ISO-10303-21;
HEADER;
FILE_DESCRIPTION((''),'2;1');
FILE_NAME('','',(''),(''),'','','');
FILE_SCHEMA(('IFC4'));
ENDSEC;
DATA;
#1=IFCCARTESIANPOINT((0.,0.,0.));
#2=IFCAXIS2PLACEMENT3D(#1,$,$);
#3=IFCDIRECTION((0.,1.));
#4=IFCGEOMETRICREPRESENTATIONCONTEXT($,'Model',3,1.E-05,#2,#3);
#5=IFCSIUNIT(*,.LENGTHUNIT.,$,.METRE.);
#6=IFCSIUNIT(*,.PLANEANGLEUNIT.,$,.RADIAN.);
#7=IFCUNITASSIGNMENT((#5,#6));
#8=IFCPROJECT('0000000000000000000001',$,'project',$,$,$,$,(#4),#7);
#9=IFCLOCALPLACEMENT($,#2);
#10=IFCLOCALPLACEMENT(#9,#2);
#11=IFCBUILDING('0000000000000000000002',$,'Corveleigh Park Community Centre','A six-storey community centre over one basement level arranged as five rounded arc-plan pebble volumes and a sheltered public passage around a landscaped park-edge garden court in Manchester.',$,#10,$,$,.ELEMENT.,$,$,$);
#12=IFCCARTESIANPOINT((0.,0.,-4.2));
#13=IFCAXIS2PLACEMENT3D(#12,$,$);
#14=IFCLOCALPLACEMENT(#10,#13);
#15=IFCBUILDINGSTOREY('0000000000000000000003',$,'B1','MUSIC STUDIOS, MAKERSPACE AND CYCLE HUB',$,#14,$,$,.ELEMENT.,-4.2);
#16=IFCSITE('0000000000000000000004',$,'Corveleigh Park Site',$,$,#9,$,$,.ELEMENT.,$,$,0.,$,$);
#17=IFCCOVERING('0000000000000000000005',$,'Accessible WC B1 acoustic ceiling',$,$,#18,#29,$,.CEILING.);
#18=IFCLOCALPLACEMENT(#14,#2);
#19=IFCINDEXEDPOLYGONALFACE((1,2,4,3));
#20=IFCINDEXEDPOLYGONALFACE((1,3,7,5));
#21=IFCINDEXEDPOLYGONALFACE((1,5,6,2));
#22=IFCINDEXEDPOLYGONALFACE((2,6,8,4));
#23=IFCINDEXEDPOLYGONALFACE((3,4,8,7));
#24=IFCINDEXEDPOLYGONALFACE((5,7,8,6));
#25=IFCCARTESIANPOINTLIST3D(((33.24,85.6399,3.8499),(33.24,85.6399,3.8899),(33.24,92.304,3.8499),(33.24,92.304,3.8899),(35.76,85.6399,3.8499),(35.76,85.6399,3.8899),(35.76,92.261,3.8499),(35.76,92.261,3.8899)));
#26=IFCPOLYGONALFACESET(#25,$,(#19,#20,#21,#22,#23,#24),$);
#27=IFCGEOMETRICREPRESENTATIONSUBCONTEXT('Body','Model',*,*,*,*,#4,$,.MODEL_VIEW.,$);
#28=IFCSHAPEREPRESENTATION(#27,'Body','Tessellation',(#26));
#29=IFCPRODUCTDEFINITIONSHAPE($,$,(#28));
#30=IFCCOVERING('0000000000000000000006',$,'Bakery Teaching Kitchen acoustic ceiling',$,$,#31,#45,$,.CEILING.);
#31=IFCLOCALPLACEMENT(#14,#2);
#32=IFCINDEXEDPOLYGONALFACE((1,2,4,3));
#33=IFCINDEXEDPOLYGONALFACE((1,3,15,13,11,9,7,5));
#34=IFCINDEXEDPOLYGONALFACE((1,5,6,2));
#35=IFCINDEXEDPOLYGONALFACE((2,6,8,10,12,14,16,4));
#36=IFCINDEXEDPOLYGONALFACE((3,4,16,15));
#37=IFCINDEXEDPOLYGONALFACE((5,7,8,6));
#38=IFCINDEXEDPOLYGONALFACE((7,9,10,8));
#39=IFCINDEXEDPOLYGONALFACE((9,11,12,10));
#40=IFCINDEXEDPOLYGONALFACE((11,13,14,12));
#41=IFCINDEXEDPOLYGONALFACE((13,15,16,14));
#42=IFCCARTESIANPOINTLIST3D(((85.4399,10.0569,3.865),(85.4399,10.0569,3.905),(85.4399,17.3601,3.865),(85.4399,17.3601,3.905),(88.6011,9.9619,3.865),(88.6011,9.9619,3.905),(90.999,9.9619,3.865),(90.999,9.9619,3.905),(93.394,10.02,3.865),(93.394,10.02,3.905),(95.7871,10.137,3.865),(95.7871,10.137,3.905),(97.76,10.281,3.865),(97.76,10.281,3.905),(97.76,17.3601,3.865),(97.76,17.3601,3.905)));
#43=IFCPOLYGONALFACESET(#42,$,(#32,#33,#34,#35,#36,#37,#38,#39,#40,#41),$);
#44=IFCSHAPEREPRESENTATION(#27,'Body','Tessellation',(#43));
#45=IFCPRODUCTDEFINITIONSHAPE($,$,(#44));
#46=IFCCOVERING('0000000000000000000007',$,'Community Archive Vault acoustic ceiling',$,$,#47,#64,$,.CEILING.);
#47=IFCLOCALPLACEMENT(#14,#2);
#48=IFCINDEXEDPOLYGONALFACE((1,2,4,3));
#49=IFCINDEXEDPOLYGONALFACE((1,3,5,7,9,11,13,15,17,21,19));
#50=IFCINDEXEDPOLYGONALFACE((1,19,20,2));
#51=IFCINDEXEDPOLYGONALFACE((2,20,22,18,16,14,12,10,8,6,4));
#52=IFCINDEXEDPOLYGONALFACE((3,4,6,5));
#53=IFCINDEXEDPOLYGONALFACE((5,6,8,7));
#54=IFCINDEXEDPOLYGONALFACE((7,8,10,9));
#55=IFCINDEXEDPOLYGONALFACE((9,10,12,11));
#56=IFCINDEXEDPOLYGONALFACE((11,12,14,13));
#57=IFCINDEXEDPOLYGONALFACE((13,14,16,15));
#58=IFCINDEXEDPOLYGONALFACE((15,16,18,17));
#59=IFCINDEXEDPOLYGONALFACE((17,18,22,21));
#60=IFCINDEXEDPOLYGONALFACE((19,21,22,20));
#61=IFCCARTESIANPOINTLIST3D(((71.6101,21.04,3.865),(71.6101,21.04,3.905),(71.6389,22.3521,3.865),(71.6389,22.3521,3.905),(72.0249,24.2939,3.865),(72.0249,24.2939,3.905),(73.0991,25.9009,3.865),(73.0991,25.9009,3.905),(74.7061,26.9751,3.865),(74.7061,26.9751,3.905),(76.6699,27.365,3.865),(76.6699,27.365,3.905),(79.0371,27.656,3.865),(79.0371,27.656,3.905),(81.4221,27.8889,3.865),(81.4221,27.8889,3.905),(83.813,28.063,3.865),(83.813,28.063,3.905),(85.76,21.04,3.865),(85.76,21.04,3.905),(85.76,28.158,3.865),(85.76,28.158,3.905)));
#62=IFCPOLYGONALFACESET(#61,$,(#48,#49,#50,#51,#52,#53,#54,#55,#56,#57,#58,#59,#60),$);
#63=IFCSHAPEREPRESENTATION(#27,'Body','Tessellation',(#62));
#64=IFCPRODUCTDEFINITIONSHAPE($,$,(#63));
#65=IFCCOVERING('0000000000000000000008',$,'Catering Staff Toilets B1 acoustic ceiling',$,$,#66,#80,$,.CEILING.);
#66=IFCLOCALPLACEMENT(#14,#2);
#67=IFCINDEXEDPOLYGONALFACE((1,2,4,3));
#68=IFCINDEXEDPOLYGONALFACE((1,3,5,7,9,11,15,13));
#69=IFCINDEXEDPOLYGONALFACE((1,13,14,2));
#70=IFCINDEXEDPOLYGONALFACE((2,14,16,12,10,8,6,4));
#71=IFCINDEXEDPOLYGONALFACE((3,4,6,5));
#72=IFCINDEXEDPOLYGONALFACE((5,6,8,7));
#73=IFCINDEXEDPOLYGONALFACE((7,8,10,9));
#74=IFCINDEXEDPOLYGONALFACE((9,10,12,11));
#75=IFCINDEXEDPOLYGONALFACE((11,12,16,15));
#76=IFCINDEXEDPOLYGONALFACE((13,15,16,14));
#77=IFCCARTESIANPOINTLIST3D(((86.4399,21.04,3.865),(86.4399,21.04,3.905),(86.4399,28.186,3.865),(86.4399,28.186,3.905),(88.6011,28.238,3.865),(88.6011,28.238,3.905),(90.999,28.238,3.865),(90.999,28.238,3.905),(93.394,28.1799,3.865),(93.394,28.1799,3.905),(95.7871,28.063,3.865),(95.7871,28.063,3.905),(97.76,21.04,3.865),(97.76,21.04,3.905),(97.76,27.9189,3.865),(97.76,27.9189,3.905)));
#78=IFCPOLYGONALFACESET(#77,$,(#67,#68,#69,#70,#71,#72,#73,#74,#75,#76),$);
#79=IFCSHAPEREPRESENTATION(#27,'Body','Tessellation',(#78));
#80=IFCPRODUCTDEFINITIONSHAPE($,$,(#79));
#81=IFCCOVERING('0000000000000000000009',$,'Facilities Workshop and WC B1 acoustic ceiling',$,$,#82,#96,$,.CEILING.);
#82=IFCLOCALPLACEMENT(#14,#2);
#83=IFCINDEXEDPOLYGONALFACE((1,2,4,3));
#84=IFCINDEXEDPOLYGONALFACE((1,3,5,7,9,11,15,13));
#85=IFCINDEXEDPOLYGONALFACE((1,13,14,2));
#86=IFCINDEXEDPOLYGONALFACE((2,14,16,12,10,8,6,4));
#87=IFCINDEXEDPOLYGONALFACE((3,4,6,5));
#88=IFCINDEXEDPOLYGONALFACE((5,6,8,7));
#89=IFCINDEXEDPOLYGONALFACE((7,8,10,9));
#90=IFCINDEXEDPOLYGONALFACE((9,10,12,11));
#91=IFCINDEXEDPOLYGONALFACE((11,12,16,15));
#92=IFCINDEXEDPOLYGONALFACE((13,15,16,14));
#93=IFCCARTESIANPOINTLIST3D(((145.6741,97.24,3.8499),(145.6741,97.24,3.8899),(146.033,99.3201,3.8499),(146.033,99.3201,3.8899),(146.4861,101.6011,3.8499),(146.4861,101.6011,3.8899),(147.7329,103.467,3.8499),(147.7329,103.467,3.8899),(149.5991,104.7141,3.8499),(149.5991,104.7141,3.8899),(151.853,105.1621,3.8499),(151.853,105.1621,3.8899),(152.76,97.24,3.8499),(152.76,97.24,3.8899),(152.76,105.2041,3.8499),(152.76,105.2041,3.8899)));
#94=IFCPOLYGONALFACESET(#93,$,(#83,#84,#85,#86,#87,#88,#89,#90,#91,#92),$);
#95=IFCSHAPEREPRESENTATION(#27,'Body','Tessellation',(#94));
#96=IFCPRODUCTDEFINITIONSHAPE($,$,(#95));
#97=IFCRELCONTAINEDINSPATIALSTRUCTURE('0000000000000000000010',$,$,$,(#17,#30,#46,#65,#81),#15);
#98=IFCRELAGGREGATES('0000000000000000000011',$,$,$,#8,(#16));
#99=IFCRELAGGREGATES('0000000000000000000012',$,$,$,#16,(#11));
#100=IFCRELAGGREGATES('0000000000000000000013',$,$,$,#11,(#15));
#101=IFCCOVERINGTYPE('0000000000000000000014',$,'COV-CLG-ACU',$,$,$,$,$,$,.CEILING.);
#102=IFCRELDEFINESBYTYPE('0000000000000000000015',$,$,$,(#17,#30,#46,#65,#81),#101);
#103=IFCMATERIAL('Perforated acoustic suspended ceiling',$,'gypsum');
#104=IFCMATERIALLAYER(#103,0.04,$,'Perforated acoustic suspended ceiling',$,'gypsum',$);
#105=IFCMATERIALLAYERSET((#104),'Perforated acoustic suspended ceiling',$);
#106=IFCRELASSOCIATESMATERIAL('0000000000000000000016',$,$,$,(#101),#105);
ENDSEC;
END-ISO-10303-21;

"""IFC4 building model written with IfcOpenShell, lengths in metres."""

from ifc_helpers import new_model, si_unit, direction, frame, origin, place, context, subcontext, project, spatial, polyline, outline, extrude, material, layer, layer_set, type_object, element, save


model = new_model("IFC4")

# Units and contexts
model_context = context("Model", 3, precision=1e-05, world=origin(), true_north=direction((0.0, 1.0)))
body_context = subcontext(model_context, "Body", "Model", "MODEL_VIEW")
ifc_project = project(units=[si_unit("LENGTHUNIT", "METRE"), si_unit("PLANEANGLEUNIT", "RADIAN")], contexts=[model_context])

# Site, building, storey
site_placement = place(None, origin())
site = spatial("IfcSite", under=ifc_project, at=site_placement, Name="Corveleigh Park Site", CompositionType="ELEMENT", RefElevation=0.0)
building_placement = place(site_placement, origin())
building = spatial("IfcBuilding", under=site, at=building_placement, Name="Corveleigh Park Community Centre", Description="A six-storey community centre over one basement level arranged as five rounded arc-plan pebble volumes and a sheltered public passage around a landscaped park-edge garden court in Manchester.", CompositionType="ELEMENT")
storey_placement = place(building_placement, frame((0.0, 0.0, -4.2)))
storey = spatial("IfcBuildingStorey", under=building, at=storey_placement, Name="B1", Description="MUSIC STUDIOS, MAKERSPACE AND CYCLE HUB", CompositionType="ELEMENT", Elevation=-4.2)

# Coverings
ifc_material_1 = material(Name="Perforated acoustic suspended ceiling", Category="gypsum")
ifc_layer_1 = layer(ifc_material_1, 0.04, Name="Perforated acoustic suspended ceiling", Category="gypsum")
ifc_layer_set_1 = layer_set([ifc_layer_1], Name="Perforated acoustic suspended ceiling")
covering_type = type_object("IfcCoveringType", Name="COV-CLG-ACU", PredefinedType="CEILING", material=ifc_layer_set_1)
covering_1_placement = place(storey_placement, frame((0.0, 0.0, 3.8499)))
element("IfcCovering", 1, at=covering_1_placement, inside=storey, type_object=covering_type, Name="Accessible WC B1 acoustic ceiling", PredefinedType="CEILING", context=body_context, shape_type="SweptSolid", body=[
    extrude(outline(polyline([(35.76, 92.261), (35.76, 85.6399), (33.24, 85.6399), (33.24, 92.304), (35.76, 92.261)])), origin(), (0.0, 0.0, 1.0), 0.04),
])
covering_2_placement = place(storey_placement, frame((0.0, 0.0, 3.865)))
element("IfcCovering", 2, at=covering_2_placement, inside=storey, type_object=covering_type, Name="Bakery Teaching Kitchen acoustic ceiling", PredefinedType="CEILING", context=body_context, shape_type="SweptSolid", body=[
    extrude(outline(polyline([(90.999, 9.9619), (88.6011, 9.9619), (85.4399, 10.0569), (85.4399, 17.3601), (97.76, 17.3601), (97.76, 10.281), (95.7871, 10.137), (93.394, 10.02), (90.999, 9.9619)])), origin(), (0.0, 0.0, 1.0), 0.04),
])
covering_3_placement = place(storey_placement, frame((0.0, 0.0, 3.865)))
element("IfcCovering", 3, at=covering_3_placement, inside=storey, type_object=covering_type, Name="Community Archive Vault acoustic ceiling", PredefinedType="CEILING", context=body_context, shape_type="SweptSolid", body=[
    extrude(outline(polyline([(72.0249, 24.2939), (73.0991, 25.9009), (74.7061, 26.9751), (76.6699, 27.365), (79.0371, 27.656), (81.4221, 27.8889), (83.813, 28.063), (85.76, 28.158), (85.76, 21.04), (71.6101, 21.04), (71.6389, 22.3521), (72.0249, 24.2939)])), origin(), (0.0, 0.0, 1.0), 0.04),
])
covering_4_placement = place(storey_placement, frame((0.0, 0.0, 3.865)))
element("IfcCovering", 4, at=covering_4_placement, inside=storey, type_object=covering_type, Name="Catering Staff Toilets B1 acoustic ceiling", PredefinedType="CEILING", context=body_context, shape_type="SweptSolid", body=[
    extrude(outline(polyline([(95.7871, 28.063), (97.76, 27.9189), (97.76, 21.04), (86.4399, 21.04), (86.4399, 28.186), (88.6011, 28.238), (90.999, 28.238), (93.394, 28.1799), (95.7871, 28.063)])), origin(), (0.0, 0.0, 1.0), 0.04),
])
covering_5_placement = place(storey_placement, frame((0.0, 0.0, 3.8499)))
element("IfcCovering", 5, at=covering_5_placement, inside=storey, type_object=covering_type, Name="Facilities Workshop and WC B1 acoustic ceiling", PredefinedType="CEILING", context=body_context, shape_type="SweptSolid", body=[
    extrude(outline(polyline([(151.853, 105.1621), (152.76, 105.2041), (152.76, 97.24), (145.6741, 97.24), (146.033, 99.3201), (146.4861, 101.6011), (147.7329, 103.467), (149.5991, 104.7141), (151.853, 105.1621)])), origin(), (0.0, 0.0, 1.0), 0.04),
])

save(model, "model.ifc")
